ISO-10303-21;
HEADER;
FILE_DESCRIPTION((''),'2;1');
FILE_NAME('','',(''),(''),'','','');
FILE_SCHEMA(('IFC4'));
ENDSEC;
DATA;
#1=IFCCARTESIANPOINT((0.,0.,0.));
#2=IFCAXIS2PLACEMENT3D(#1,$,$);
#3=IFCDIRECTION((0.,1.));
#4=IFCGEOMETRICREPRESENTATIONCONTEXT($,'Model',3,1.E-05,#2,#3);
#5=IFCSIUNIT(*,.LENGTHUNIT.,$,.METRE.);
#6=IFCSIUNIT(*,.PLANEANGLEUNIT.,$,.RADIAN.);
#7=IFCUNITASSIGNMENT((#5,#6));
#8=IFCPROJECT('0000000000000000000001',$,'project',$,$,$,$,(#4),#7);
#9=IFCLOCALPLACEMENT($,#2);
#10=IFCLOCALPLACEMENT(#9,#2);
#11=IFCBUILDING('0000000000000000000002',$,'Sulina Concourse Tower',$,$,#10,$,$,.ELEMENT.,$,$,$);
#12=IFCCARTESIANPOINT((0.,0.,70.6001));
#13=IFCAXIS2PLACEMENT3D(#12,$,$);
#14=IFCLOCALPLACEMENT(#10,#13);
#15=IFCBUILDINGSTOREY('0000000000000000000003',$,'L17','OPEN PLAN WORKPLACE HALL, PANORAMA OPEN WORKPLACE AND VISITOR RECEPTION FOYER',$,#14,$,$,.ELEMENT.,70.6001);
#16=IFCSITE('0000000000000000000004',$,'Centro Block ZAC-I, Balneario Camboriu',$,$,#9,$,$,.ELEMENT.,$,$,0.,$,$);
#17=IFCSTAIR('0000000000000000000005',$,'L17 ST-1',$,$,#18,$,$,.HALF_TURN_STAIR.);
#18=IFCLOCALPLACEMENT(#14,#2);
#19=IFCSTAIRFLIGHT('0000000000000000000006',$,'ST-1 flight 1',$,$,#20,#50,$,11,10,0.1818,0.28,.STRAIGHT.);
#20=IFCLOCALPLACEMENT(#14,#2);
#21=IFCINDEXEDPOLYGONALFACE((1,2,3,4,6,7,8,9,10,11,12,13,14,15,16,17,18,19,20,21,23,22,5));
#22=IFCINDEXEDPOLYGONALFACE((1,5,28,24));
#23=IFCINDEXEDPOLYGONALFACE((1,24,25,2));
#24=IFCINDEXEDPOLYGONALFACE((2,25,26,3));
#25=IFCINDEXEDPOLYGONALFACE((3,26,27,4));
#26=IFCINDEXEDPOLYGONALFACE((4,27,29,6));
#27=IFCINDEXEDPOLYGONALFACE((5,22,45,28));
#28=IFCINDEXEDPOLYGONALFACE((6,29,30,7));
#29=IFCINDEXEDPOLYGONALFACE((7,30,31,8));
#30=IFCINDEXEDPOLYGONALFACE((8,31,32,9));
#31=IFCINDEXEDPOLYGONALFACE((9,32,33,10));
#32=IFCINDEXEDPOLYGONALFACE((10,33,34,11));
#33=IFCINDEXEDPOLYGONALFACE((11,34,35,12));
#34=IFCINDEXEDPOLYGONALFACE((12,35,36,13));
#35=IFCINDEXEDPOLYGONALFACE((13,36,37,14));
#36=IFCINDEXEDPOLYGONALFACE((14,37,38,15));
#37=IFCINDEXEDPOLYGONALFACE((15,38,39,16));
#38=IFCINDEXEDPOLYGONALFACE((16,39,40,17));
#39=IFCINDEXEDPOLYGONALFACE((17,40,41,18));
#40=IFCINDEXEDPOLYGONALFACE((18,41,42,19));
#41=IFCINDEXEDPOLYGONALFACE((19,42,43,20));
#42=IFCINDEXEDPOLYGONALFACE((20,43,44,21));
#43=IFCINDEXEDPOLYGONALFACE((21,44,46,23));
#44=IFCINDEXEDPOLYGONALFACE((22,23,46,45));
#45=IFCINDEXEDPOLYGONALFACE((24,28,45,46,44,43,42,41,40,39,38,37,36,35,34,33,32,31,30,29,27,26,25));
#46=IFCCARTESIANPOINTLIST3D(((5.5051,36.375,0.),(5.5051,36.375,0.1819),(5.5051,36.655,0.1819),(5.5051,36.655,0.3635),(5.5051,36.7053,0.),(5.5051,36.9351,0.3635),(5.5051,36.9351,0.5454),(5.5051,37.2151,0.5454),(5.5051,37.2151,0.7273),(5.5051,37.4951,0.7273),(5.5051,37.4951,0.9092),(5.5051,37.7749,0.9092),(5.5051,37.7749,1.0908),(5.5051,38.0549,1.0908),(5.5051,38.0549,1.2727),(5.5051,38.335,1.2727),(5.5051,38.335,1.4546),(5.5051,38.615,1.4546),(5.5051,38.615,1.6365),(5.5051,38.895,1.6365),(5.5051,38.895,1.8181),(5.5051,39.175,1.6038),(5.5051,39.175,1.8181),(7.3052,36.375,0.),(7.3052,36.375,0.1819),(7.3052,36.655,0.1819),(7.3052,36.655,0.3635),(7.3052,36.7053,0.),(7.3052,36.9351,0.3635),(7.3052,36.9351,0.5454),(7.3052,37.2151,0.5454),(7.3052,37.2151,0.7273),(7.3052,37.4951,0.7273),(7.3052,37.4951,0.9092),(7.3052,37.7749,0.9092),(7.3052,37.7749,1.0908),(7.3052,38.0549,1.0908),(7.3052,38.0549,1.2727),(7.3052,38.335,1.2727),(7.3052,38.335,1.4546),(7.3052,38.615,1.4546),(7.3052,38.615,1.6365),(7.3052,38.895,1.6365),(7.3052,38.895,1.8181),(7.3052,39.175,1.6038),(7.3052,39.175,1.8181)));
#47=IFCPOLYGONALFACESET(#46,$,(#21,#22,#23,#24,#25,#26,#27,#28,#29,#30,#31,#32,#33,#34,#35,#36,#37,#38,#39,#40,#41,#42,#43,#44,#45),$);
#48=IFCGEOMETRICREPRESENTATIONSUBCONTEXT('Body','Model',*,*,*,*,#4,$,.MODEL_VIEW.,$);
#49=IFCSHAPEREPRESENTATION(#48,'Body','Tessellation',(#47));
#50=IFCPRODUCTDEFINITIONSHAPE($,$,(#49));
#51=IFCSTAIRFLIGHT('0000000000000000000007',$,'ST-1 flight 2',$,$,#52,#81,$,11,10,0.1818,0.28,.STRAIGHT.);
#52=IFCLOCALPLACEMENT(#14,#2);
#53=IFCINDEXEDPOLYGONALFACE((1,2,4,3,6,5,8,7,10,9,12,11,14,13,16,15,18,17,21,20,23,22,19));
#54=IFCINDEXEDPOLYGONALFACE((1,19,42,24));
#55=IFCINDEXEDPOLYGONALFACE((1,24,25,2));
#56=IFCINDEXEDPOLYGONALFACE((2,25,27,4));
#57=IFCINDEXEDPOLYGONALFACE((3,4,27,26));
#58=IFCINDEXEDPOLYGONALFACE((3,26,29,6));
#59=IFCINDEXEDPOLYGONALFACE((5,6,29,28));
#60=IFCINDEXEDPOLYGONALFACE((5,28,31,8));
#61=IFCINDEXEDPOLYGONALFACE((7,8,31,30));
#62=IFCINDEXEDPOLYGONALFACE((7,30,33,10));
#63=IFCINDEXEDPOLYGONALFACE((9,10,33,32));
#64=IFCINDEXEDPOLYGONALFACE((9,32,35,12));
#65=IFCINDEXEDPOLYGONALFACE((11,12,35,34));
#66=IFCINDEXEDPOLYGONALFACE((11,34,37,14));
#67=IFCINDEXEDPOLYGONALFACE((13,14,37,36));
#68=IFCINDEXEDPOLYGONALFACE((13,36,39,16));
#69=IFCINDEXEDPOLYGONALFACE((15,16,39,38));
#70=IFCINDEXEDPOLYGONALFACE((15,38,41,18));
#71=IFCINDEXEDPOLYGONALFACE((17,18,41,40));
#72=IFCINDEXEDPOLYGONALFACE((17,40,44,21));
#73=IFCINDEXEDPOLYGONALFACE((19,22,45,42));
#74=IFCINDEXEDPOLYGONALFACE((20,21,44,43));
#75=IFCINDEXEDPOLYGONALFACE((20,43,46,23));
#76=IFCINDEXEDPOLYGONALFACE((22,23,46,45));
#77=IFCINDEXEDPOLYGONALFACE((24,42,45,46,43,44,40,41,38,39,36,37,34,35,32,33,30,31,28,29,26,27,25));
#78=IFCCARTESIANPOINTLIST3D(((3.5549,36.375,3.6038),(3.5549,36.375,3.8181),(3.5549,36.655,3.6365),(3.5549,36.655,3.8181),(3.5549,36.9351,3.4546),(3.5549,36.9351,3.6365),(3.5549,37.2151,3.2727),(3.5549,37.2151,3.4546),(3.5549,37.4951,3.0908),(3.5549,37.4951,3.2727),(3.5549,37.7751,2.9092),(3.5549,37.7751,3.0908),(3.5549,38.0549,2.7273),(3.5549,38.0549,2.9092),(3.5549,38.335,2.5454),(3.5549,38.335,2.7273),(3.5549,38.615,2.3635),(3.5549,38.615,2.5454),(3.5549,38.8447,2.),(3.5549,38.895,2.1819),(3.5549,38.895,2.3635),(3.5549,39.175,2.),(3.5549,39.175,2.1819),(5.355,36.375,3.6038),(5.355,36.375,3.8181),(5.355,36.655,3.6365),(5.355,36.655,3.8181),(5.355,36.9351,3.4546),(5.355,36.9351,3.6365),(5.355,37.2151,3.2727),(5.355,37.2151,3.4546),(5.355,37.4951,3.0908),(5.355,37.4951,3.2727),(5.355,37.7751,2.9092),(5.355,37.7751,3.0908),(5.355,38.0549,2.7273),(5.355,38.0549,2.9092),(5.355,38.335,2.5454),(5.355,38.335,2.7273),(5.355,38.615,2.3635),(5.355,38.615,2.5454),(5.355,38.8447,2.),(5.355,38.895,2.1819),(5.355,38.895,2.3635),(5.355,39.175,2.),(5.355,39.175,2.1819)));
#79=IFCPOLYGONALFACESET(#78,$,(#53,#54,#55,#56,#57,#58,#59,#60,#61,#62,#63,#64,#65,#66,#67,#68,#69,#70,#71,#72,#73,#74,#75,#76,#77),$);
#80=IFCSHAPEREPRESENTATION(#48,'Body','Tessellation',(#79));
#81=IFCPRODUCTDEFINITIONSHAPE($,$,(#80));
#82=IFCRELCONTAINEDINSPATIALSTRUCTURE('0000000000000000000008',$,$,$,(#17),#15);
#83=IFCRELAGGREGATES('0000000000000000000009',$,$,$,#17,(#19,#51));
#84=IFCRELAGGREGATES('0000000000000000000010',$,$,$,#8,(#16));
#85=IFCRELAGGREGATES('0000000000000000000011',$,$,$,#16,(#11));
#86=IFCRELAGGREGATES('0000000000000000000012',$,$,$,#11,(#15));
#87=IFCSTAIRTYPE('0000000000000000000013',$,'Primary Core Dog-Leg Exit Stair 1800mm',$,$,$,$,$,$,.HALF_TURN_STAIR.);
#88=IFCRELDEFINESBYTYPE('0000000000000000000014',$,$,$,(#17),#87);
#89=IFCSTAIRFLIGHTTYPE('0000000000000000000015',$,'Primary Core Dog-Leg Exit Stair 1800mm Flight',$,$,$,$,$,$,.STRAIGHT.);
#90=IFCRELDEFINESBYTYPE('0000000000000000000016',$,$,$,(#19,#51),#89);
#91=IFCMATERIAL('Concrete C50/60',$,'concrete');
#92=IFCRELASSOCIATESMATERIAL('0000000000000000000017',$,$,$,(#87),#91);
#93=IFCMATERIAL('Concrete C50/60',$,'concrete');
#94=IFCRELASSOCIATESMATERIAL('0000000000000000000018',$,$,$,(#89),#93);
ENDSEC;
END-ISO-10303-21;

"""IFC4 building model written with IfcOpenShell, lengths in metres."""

from ifc_helpers import new_model, si_unit, direction, frame, origin, place, context, subcontext, project, spatial, polyline, outline, extrude, material, type_object, element, aggregate, save


model = new_model("IFC4")

# Units and contexts
model_context = context("Model", 3, precision=1e-05, world=origin(), true_north=direction((0.0, 1.0)))
body_context = subcontext(model_context, "Body", "Model", "MODEL_VIEW")
ifc_project = project(units=[si_unit("LENGTHUNIT", "METRE"), si_unit("PLANEANGLEUNIT", "RADIAN")], contexts=[model_context])

# Site, building, storey
site_placement = place(None, origin())
site = spatial("IfcSite", under=ifc_project, at=site_placement, Name="Centro Block ZAC-I, Balneario Camboriu", CompositionType="ELEMENT", RefElevation=0.0)
building_placement = place(site_placement, origin())
building = spatial("IfcBuilding", under=site, at=building_placement, Name="Sulina Concourse Tower", CompositionType="ELEMENT")
storey_placement = place(building_placement, frame((0.0, 0.0, 70.6001)))
storey = spatial("IfcBuildingStorey", under=building, at=storey_placement, Name="L17", Description="OPEN PLAN WORKPLACE HALL, PANORAMA OPEN WORKPLACE AND VISITOR RECEPTION FOYER", CompositionType="ELEMENT", Elevation=70.6001)

# Stair, stair flights
ifc_material_1 = material(Name="Concrete C50/60", Category="concrete")
stair_type = type_object("IfcStairType", Name="Primary Core Dog-Leg Exit Stair 1800mm", PredefinedType="HALF_TURN_STAIR", material=ifc_material_1)
stair_placement = place(storey_placement, origin())
stair = element("IfcStair", 1, at=stair_placement, inside=storey, type_object=stair_type, Name="L17 ST-1", PredefinedType="HALF_TURN_STAIR")
ifc_material_2 = material(Name="Concrete C50/60", Category="concrete")
stair_flight_type = type_object("IfcStairFlightType", Name="Primary Core Dog-Leg Exit Stair 1800mm Flight", PredefinedType="STRAIGHT", material=ifc_material_2)
stair_flight_1_placement = place(storey_placement, frame((6.405, 36.375, 0.0), z_axis=(0.0, 0.0, 1.0), x_axis=(0.0, 1.0, 0.0)))
stair_flight_1 = element("IfcStairFlight", 2, at=stair_flight_1_placement, type_object=stair_flight_type, Name="ST-1 flight 1", NumberOfRisers=11, NumberOfTreads=10, PredefinedType="STRAIGHT", RiserHeight=0.1818, TreadLength=0.28, context=body_context, shape_type="SweptSolid", body=[
    extrude(outline(polyline([(0.0, 0.0), (0.0, 0.1819), (0.28, 0.1819), (0.28, 0.3635), (0.5601, 0.3635), (0.5601, 0.5454), (0.8401, 0.5454), (0.8401, 0.7273), (1.1201, 0.7273), (1.1201, 0.9092), (1.3999, 0.9092), (1.3999, 1.0908), (1.6799, 1.0908), (1.6799, 1.2727), (1.96, 1.2727), (1.96, 1.4546), (2.24, 1.4546), (2.24, 1.6365), (2.52, 1.6365), (2.52, 1.8181), (2.8, 1.8181), (2.8, 2.0), (2.8, 1.6038), (0.3303, 0.0), (0.0, 0.0)])), frame((0.0, 0.8999, 0.0), z_axis=(0.0, -1.0, 0.0), x_axis=(1.0, 0.0, 0.0)), (0.0, 0.0, 1.0), 1.8),
])
stair_flight_2_placement = place(storey_placement, frame((4.4551, 39.175, 2.0), z_axis=(0.0, 0.0, 1.0), x_axis=(0.0, -1.0, 0.0)))
stair_flight_2 = element("IfcStairFlight", 3, at=stair_flight_2_placement, type_object=stair_flight_type, Name="ST-1 flight 2", NumberOfRisers=11, NumberOfTreads=10, PredefinedType="STRAIGHT", RiserHeight=0.1818, TreadLength=0.28, context=body_context, shape_type="SweptSolid", body=[
    extrude(outline(polyline([(0.0, 0.0), (0.0, 0.1819), (0.28, 0.1819), (0.28, 0.3635), (0.5601, 0.3635), (0.5601, 0.5454), (0.8401, 0.5454), (0.8401, 0.7273), (1.1201, 0.7273), (1.1201, 0.9092), (1.3999, 0.9092), (1.3999, 1.0908), (1.6799, 1.0908), (1.6799, 1.2727), (1.96, 1.2727), (1.96, 1.4546), (2.24, 1.4546), (2.24, 1.6365), (2.52, 1.6365), (2.52, 1.8181), (2.8, 1.8181), (2.8, 2.0), (2.8, 1.6038), (0.3303, 0.0), (0.0, 0.0)])), frame((0.0, 0.8999, 0.0), z_axis=(0.0, -1.0, 0.0), x_axis=(1.0, 0.0, 0.0)), (0.0, 0.0, 1.0), 1.8),
])
aggregate(stair, [stair_flight_1, stair_flight_2])

save(model, "model.ifc")
